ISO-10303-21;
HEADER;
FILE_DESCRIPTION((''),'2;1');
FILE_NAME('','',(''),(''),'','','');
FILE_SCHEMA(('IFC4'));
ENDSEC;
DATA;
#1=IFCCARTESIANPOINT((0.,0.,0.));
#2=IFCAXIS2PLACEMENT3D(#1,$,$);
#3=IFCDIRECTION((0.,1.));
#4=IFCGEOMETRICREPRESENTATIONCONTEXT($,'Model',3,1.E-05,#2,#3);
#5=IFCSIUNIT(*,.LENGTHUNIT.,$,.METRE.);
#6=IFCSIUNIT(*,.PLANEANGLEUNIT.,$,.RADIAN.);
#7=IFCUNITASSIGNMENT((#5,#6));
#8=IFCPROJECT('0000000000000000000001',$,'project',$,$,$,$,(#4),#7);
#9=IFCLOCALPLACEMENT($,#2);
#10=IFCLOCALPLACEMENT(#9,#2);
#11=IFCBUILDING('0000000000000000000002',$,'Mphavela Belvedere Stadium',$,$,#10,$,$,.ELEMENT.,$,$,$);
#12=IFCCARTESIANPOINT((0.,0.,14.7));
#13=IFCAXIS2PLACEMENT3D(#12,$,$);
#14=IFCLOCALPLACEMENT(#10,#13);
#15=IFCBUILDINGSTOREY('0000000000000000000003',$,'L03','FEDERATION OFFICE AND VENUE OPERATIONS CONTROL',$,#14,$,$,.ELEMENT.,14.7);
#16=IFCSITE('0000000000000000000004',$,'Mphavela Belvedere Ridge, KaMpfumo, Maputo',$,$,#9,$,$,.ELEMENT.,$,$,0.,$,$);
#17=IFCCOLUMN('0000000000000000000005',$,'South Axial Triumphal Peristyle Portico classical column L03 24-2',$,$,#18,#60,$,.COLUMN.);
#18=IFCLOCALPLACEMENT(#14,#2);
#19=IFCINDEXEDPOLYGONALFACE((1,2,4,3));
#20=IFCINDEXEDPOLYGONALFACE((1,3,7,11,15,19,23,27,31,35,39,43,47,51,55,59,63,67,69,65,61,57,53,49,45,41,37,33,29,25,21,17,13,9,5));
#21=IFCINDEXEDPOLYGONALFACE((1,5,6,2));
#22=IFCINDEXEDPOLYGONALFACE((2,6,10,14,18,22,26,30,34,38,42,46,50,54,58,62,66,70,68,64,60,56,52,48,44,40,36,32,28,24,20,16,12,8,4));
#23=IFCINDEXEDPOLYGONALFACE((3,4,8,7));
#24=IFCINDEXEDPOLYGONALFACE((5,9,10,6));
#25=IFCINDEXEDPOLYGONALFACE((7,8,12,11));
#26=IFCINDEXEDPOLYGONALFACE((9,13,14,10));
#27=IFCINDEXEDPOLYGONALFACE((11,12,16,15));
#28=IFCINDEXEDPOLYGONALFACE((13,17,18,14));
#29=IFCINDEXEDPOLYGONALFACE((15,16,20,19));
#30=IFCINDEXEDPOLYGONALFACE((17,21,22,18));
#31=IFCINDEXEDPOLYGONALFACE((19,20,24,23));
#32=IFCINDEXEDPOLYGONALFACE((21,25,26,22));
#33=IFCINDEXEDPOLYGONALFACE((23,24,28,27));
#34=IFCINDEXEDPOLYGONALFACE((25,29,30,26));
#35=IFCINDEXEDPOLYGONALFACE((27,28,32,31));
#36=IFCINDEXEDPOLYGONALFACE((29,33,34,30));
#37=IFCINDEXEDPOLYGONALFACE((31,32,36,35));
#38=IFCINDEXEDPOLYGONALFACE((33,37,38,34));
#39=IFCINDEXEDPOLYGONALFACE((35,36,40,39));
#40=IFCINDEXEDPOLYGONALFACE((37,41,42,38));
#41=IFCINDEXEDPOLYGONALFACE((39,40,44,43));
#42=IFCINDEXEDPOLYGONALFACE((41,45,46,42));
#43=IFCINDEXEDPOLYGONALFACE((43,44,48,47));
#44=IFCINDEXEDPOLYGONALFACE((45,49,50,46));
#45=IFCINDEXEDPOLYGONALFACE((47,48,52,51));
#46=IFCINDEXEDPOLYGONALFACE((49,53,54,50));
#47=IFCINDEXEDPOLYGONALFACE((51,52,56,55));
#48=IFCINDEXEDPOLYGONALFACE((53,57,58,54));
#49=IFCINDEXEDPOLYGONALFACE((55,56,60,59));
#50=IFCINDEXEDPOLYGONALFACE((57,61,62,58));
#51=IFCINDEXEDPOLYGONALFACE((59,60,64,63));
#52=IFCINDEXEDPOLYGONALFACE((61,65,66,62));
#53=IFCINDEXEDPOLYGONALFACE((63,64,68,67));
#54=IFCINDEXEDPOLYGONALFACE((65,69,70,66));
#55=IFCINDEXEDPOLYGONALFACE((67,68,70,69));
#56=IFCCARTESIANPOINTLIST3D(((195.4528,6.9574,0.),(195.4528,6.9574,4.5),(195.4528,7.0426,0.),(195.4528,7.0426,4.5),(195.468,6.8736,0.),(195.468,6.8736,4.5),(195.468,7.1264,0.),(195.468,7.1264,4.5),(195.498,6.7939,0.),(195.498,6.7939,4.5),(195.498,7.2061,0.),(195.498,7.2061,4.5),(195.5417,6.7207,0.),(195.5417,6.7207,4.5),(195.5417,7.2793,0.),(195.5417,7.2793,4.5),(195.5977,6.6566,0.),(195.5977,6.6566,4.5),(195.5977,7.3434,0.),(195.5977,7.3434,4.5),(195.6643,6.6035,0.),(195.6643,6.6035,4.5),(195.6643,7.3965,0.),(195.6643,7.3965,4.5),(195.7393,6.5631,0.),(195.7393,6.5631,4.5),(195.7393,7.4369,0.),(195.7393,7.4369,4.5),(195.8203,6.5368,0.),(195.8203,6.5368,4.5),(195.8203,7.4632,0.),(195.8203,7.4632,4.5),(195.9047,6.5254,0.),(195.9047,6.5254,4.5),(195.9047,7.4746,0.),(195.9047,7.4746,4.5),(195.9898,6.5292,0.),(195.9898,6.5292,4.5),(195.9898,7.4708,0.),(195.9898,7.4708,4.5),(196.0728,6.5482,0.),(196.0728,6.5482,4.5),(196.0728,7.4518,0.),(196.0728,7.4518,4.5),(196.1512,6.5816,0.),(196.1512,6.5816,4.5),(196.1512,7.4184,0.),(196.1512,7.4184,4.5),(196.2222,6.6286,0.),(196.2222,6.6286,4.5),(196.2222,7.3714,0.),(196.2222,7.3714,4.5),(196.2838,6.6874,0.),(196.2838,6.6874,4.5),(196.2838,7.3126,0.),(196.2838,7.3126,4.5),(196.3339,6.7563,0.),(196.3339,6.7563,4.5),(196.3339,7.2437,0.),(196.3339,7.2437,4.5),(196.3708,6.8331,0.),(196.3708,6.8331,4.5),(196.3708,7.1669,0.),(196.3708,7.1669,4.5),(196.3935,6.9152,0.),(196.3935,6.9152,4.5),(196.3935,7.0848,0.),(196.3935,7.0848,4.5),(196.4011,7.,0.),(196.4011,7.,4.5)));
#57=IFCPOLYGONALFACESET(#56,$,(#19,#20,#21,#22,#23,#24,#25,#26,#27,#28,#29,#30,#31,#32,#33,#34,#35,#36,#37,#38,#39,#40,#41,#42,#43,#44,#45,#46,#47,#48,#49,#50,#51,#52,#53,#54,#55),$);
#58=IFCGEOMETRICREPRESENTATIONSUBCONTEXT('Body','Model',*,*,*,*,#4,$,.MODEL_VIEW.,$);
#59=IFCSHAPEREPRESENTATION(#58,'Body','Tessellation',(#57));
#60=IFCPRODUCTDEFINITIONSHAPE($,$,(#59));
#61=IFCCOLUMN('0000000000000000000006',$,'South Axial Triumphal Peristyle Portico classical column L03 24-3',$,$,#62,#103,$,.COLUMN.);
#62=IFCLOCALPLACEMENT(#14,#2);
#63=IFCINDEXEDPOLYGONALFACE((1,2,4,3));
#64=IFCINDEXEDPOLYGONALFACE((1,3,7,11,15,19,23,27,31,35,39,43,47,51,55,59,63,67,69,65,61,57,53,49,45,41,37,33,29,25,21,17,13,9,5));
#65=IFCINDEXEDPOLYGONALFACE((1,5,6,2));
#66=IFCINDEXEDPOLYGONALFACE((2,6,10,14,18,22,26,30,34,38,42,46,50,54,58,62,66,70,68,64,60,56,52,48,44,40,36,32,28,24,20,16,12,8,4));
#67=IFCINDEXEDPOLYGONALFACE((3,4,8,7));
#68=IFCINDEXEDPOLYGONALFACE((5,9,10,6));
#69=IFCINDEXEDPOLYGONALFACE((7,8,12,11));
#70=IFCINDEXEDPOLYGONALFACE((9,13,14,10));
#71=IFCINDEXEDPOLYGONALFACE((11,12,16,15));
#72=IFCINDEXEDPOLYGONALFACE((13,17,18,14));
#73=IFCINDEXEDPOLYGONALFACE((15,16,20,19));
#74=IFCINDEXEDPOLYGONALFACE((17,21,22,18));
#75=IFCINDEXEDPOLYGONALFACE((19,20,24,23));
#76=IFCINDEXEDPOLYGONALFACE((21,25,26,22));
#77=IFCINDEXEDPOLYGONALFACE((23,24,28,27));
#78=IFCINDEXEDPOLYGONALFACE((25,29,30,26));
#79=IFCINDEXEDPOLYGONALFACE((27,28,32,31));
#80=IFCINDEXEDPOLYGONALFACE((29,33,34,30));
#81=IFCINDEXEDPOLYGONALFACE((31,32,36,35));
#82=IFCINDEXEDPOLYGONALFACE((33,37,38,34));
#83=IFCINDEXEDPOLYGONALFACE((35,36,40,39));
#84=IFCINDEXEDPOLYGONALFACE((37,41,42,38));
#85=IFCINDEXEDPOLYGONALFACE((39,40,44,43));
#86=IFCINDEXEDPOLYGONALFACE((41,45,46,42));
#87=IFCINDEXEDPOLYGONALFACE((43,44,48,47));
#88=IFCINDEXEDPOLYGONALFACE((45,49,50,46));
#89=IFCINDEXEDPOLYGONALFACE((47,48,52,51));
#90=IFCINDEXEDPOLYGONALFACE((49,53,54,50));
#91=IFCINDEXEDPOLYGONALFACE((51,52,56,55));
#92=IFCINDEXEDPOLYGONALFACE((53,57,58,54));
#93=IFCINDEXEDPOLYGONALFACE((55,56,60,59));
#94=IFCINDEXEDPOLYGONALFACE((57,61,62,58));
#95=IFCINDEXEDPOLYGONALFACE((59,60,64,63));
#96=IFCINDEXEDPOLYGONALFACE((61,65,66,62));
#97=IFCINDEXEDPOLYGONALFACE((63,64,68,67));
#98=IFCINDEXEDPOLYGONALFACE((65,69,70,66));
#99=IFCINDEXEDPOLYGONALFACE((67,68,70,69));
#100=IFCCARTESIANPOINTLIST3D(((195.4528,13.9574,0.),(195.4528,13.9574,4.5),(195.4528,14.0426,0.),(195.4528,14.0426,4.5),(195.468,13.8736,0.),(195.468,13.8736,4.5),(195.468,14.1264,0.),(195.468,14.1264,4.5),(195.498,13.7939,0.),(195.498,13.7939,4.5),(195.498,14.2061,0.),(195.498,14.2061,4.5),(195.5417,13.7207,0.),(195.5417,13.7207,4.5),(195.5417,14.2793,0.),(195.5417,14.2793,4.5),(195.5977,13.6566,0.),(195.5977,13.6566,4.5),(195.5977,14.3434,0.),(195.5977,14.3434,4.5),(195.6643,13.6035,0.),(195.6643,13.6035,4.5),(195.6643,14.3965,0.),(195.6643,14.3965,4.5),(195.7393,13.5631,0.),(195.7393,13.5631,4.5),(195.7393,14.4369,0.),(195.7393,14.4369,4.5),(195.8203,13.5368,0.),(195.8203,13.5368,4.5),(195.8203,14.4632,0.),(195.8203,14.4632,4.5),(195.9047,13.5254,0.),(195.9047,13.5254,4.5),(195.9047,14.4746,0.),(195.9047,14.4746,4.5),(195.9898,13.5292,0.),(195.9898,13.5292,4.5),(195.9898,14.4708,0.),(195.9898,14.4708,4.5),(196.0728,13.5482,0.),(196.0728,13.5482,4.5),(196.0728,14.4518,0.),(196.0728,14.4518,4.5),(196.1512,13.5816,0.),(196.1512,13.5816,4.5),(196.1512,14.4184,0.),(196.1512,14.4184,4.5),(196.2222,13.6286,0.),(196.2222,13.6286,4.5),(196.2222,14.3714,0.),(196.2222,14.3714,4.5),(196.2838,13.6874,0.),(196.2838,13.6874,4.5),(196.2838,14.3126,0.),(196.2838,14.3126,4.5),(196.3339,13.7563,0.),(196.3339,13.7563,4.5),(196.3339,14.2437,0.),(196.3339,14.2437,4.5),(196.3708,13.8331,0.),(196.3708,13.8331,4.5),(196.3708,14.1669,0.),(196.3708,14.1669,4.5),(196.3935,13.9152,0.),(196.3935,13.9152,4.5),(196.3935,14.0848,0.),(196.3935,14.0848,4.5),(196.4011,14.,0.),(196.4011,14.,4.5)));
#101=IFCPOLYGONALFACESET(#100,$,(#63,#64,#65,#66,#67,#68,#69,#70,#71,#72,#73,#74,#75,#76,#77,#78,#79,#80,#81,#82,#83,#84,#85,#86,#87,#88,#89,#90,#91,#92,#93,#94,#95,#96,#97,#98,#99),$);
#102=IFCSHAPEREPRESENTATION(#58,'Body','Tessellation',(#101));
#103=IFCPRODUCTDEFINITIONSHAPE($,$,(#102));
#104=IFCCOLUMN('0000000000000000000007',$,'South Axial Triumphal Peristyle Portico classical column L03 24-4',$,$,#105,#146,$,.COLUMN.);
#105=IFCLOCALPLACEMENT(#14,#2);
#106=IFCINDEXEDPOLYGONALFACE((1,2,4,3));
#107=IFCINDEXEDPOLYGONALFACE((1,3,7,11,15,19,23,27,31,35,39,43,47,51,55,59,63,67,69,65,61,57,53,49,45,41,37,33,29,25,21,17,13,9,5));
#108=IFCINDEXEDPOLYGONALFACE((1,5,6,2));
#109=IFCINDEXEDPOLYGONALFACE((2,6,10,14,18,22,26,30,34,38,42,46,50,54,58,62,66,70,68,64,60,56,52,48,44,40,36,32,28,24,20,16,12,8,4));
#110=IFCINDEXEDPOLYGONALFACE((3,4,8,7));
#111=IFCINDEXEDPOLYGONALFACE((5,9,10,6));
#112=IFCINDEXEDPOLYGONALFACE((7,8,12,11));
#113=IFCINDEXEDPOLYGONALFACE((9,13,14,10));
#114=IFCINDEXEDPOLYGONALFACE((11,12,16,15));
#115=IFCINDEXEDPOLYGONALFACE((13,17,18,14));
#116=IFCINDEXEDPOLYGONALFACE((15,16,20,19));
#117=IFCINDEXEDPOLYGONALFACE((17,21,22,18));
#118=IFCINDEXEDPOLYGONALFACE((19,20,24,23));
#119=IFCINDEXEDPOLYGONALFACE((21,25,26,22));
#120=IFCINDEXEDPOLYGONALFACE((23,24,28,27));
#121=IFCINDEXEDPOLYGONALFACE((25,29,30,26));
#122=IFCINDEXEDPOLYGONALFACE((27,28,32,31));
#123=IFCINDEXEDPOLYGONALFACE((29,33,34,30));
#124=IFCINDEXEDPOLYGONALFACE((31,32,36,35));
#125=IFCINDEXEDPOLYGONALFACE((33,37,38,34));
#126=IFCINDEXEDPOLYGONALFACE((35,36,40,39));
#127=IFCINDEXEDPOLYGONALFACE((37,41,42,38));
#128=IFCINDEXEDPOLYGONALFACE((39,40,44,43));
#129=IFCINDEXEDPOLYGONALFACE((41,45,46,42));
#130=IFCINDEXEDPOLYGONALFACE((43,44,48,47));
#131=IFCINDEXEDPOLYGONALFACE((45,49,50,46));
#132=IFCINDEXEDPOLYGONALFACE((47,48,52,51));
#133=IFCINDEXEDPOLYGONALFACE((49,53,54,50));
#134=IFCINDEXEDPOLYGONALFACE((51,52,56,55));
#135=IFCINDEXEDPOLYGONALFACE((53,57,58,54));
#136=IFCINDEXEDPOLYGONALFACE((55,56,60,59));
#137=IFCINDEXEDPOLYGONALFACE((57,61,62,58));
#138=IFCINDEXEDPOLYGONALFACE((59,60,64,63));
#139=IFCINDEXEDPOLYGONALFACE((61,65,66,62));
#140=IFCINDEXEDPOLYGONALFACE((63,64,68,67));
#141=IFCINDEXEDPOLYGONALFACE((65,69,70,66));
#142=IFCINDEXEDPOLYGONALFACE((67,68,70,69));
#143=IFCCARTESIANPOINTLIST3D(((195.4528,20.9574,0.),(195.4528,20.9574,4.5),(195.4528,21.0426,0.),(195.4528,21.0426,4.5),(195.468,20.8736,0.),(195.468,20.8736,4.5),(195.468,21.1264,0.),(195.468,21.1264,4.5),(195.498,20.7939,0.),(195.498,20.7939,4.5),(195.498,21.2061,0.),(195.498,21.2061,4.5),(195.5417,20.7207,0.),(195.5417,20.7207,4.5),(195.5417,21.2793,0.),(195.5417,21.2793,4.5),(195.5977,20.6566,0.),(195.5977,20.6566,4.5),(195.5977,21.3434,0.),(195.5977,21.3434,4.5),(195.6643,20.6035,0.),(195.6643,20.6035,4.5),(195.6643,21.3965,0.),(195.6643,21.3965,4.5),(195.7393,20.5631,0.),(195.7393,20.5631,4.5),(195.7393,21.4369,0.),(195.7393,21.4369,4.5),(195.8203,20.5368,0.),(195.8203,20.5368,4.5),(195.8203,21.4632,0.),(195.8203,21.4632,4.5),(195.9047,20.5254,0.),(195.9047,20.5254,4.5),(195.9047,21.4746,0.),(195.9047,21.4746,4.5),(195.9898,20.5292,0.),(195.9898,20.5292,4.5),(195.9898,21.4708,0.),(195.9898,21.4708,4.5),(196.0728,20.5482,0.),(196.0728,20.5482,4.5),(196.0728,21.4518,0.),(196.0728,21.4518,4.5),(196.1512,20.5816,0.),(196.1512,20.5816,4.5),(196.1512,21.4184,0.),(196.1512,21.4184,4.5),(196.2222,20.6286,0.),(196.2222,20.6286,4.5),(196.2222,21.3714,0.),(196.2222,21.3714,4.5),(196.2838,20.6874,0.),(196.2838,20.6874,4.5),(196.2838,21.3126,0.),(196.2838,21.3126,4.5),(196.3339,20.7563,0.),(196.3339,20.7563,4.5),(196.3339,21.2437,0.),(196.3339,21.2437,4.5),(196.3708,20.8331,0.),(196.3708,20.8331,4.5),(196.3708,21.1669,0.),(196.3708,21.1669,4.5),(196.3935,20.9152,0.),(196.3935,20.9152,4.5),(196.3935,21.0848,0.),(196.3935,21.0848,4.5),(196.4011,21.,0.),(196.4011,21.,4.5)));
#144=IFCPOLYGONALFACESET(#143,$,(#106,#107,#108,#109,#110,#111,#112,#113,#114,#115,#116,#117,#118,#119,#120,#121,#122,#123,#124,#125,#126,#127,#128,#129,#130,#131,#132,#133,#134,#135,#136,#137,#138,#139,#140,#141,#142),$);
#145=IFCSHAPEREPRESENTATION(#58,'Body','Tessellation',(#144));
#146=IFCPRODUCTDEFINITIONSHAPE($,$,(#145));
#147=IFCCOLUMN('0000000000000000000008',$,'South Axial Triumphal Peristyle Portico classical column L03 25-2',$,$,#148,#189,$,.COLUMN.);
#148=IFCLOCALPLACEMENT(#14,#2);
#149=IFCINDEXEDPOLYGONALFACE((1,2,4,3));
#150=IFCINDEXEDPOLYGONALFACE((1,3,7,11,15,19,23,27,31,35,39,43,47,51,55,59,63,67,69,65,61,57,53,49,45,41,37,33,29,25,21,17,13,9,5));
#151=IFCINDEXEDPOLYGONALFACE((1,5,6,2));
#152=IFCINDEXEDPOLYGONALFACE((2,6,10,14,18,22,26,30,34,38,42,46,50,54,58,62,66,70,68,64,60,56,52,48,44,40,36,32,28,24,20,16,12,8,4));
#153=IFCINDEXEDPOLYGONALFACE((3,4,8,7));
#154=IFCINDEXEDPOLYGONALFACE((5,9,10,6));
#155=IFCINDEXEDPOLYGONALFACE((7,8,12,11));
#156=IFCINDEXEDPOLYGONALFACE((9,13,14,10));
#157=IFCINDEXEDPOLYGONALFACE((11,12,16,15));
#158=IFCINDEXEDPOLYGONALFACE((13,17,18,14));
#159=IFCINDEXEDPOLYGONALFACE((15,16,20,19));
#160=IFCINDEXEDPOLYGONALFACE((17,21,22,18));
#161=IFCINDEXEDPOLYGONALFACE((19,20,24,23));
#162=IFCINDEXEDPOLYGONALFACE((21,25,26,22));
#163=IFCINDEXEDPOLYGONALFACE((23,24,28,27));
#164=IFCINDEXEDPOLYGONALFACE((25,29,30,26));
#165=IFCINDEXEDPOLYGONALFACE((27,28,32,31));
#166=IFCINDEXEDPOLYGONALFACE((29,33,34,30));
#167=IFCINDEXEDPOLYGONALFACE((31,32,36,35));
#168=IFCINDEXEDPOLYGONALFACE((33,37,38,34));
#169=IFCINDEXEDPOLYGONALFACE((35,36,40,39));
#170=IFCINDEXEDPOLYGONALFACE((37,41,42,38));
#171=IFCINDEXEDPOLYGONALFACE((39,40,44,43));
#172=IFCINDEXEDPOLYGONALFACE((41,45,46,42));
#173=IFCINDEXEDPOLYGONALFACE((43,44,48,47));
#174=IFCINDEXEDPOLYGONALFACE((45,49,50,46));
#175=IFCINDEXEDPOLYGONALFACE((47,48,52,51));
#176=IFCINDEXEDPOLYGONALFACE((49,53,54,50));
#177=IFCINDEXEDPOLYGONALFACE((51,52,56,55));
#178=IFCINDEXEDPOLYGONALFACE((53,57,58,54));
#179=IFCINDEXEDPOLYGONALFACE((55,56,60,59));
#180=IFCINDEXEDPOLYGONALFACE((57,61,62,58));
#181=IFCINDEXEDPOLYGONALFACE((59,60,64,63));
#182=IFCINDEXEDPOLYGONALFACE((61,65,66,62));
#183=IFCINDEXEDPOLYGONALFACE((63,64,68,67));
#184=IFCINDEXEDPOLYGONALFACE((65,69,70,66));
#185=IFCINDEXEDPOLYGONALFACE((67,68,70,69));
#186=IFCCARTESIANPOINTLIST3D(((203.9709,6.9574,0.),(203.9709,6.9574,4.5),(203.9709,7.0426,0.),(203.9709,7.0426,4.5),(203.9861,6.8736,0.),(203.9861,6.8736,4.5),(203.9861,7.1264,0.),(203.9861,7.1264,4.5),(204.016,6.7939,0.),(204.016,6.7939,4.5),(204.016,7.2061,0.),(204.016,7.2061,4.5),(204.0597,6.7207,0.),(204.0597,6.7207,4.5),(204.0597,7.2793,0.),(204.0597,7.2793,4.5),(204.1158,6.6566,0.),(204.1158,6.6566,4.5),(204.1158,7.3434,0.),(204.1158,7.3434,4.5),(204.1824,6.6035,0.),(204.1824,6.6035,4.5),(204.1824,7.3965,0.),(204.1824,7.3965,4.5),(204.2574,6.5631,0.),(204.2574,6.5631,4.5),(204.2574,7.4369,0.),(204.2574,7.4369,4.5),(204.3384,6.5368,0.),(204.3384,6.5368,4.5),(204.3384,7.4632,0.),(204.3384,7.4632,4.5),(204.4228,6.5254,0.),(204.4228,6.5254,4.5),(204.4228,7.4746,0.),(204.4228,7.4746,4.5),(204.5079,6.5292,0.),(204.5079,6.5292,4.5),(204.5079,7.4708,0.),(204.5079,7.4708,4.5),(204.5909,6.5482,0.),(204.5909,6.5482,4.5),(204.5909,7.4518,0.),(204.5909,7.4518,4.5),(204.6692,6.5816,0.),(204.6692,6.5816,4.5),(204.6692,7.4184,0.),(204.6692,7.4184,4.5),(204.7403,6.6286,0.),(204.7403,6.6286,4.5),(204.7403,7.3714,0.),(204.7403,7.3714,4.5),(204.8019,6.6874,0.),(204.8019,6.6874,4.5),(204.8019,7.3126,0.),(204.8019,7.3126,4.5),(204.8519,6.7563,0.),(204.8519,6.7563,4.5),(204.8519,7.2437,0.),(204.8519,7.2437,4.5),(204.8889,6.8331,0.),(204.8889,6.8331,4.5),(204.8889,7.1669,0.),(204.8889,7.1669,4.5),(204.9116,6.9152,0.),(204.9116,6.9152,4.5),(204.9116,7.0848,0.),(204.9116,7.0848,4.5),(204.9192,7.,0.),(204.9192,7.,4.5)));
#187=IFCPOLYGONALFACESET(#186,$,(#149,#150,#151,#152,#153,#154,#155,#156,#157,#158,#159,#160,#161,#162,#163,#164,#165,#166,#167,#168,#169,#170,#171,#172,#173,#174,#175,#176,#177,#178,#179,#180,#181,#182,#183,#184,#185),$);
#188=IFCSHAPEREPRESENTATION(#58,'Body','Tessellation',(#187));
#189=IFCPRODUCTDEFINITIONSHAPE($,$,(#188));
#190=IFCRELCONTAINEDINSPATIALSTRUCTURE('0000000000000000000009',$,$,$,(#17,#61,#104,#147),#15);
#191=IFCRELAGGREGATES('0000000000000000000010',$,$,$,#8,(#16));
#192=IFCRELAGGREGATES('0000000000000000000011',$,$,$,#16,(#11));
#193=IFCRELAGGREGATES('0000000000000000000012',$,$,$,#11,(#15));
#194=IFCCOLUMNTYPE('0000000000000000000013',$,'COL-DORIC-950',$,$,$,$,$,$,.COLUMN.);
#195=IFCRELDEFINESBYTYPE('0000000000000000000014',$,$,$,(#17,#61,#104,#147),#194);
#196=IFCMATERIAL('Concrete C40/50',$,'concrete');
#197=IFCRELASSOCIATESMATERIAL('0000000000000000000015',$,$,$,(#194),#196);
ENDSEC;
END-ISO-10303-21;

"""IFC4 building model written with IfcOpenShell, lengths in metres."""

from ifc_helpers import new_model, si_unit, direction, frame, origin, origin_2d, place, context, subcontext, project, spatial, circle, extrude, material, material_profile, profile_set, type_object, element, save


model = new_model("IFC4")

# Units and contexts
model_context = context("Model", 3, precision=1e-05, world=origin(), true_north=direction((0.0, 1.0)))
body_context = subcontext(model_context, "Body", "Model", "MODEL_VIEW")
ifc_project = project(units=[si_unit("LENGTHUNIT", "METRE"), si_unit("PLANEANGLEUNIT", "RADIAN")], contexts=[model_context])

# Site, building, storey
site_placement = place(None, origin())
site = spatial("IfcSite", under=ifc_project, at=site_placement, Name="Mphavela Belvedere Ridge, KaMpfumo, Maputo", CompositionType="ELEMENT", RefElevation=0.0)
building_placement = place(site_placement, origin())
building = spatial("IfcBuilding", under=site, at=building_placement, Name="Mphavela Belvedere Stadium", CompositionType="ELEMENT")
storey_placement = place(building_placement, frame((0.0, 0.0, 14.7)))
storey = spatial("IfcBuildingStorey", under=building, at=storey_placement, Name="L03", Description="FEDERATION OFFICE AND VENUE OPERATIONS CONTROL", CompositionType="ELEMENT", Elevation=14.7)

# Columns
ifc_material_1 = material(Name="Concrete C40/50", Category="concrete")
ifc_material_profile_1 = material_profile(ifc_material_1, circle(Radius=0.4751, at=origin_2d()), Name="COL D950")
ifc_profile_set_1 = profile_set([ifc_material_profile_1], Name="Concrete C40/50")
column_type = type_object("IfcColumnType", Name="COL-DORIC-950", PredefinedType="COLUMN", material=ifc_profile_set_1)
for number, where, z_axis, x_axis, name in (
    (1, (195.926, 7.0, 0.0), (0.0, 0.0, 1.0), (1.0, 0.0, 0.0), "South Axial Triumphal Peristyle Portico classical column L03 24-2"),
    (2, (195.926, 14.0, 0.0), (0.0, 0.0, 1.0), (1.0, 0.0, 0.0), "South Axial Triumphal Peristyle Portico classical column L03 24-3"),
    (3, (195.926, 21.0, 0.0), (0.0, 0.0, 1.0), (1.0, 0.0, 0.0), "South Axial Triumphal Peristyle Portico classical column L03 24-4"),
    (4, (204.4441, 7.0, 0.0), (0.0, 0.0, 1.0), (1.0, 0.0, 0.0), "South Axial Triumphal Peristyle Portico classical column L03 25-2"),
):
    element("IfcColumn", number, at=place(storey_placement, frame(where, z_axis=z_axis, x_axis=x_axis)), inside=storey, type_object=column_type, Name=name, PredefinedType="COLUMN", context=body_context, shape_type="SweptSolid", body=[
        extrude(circle(Radius=0.4751, at=origin_2d()), origin(), (0.0, 0.0, 1.0), 4.5),
    ])

save(model, "model.ifc")
